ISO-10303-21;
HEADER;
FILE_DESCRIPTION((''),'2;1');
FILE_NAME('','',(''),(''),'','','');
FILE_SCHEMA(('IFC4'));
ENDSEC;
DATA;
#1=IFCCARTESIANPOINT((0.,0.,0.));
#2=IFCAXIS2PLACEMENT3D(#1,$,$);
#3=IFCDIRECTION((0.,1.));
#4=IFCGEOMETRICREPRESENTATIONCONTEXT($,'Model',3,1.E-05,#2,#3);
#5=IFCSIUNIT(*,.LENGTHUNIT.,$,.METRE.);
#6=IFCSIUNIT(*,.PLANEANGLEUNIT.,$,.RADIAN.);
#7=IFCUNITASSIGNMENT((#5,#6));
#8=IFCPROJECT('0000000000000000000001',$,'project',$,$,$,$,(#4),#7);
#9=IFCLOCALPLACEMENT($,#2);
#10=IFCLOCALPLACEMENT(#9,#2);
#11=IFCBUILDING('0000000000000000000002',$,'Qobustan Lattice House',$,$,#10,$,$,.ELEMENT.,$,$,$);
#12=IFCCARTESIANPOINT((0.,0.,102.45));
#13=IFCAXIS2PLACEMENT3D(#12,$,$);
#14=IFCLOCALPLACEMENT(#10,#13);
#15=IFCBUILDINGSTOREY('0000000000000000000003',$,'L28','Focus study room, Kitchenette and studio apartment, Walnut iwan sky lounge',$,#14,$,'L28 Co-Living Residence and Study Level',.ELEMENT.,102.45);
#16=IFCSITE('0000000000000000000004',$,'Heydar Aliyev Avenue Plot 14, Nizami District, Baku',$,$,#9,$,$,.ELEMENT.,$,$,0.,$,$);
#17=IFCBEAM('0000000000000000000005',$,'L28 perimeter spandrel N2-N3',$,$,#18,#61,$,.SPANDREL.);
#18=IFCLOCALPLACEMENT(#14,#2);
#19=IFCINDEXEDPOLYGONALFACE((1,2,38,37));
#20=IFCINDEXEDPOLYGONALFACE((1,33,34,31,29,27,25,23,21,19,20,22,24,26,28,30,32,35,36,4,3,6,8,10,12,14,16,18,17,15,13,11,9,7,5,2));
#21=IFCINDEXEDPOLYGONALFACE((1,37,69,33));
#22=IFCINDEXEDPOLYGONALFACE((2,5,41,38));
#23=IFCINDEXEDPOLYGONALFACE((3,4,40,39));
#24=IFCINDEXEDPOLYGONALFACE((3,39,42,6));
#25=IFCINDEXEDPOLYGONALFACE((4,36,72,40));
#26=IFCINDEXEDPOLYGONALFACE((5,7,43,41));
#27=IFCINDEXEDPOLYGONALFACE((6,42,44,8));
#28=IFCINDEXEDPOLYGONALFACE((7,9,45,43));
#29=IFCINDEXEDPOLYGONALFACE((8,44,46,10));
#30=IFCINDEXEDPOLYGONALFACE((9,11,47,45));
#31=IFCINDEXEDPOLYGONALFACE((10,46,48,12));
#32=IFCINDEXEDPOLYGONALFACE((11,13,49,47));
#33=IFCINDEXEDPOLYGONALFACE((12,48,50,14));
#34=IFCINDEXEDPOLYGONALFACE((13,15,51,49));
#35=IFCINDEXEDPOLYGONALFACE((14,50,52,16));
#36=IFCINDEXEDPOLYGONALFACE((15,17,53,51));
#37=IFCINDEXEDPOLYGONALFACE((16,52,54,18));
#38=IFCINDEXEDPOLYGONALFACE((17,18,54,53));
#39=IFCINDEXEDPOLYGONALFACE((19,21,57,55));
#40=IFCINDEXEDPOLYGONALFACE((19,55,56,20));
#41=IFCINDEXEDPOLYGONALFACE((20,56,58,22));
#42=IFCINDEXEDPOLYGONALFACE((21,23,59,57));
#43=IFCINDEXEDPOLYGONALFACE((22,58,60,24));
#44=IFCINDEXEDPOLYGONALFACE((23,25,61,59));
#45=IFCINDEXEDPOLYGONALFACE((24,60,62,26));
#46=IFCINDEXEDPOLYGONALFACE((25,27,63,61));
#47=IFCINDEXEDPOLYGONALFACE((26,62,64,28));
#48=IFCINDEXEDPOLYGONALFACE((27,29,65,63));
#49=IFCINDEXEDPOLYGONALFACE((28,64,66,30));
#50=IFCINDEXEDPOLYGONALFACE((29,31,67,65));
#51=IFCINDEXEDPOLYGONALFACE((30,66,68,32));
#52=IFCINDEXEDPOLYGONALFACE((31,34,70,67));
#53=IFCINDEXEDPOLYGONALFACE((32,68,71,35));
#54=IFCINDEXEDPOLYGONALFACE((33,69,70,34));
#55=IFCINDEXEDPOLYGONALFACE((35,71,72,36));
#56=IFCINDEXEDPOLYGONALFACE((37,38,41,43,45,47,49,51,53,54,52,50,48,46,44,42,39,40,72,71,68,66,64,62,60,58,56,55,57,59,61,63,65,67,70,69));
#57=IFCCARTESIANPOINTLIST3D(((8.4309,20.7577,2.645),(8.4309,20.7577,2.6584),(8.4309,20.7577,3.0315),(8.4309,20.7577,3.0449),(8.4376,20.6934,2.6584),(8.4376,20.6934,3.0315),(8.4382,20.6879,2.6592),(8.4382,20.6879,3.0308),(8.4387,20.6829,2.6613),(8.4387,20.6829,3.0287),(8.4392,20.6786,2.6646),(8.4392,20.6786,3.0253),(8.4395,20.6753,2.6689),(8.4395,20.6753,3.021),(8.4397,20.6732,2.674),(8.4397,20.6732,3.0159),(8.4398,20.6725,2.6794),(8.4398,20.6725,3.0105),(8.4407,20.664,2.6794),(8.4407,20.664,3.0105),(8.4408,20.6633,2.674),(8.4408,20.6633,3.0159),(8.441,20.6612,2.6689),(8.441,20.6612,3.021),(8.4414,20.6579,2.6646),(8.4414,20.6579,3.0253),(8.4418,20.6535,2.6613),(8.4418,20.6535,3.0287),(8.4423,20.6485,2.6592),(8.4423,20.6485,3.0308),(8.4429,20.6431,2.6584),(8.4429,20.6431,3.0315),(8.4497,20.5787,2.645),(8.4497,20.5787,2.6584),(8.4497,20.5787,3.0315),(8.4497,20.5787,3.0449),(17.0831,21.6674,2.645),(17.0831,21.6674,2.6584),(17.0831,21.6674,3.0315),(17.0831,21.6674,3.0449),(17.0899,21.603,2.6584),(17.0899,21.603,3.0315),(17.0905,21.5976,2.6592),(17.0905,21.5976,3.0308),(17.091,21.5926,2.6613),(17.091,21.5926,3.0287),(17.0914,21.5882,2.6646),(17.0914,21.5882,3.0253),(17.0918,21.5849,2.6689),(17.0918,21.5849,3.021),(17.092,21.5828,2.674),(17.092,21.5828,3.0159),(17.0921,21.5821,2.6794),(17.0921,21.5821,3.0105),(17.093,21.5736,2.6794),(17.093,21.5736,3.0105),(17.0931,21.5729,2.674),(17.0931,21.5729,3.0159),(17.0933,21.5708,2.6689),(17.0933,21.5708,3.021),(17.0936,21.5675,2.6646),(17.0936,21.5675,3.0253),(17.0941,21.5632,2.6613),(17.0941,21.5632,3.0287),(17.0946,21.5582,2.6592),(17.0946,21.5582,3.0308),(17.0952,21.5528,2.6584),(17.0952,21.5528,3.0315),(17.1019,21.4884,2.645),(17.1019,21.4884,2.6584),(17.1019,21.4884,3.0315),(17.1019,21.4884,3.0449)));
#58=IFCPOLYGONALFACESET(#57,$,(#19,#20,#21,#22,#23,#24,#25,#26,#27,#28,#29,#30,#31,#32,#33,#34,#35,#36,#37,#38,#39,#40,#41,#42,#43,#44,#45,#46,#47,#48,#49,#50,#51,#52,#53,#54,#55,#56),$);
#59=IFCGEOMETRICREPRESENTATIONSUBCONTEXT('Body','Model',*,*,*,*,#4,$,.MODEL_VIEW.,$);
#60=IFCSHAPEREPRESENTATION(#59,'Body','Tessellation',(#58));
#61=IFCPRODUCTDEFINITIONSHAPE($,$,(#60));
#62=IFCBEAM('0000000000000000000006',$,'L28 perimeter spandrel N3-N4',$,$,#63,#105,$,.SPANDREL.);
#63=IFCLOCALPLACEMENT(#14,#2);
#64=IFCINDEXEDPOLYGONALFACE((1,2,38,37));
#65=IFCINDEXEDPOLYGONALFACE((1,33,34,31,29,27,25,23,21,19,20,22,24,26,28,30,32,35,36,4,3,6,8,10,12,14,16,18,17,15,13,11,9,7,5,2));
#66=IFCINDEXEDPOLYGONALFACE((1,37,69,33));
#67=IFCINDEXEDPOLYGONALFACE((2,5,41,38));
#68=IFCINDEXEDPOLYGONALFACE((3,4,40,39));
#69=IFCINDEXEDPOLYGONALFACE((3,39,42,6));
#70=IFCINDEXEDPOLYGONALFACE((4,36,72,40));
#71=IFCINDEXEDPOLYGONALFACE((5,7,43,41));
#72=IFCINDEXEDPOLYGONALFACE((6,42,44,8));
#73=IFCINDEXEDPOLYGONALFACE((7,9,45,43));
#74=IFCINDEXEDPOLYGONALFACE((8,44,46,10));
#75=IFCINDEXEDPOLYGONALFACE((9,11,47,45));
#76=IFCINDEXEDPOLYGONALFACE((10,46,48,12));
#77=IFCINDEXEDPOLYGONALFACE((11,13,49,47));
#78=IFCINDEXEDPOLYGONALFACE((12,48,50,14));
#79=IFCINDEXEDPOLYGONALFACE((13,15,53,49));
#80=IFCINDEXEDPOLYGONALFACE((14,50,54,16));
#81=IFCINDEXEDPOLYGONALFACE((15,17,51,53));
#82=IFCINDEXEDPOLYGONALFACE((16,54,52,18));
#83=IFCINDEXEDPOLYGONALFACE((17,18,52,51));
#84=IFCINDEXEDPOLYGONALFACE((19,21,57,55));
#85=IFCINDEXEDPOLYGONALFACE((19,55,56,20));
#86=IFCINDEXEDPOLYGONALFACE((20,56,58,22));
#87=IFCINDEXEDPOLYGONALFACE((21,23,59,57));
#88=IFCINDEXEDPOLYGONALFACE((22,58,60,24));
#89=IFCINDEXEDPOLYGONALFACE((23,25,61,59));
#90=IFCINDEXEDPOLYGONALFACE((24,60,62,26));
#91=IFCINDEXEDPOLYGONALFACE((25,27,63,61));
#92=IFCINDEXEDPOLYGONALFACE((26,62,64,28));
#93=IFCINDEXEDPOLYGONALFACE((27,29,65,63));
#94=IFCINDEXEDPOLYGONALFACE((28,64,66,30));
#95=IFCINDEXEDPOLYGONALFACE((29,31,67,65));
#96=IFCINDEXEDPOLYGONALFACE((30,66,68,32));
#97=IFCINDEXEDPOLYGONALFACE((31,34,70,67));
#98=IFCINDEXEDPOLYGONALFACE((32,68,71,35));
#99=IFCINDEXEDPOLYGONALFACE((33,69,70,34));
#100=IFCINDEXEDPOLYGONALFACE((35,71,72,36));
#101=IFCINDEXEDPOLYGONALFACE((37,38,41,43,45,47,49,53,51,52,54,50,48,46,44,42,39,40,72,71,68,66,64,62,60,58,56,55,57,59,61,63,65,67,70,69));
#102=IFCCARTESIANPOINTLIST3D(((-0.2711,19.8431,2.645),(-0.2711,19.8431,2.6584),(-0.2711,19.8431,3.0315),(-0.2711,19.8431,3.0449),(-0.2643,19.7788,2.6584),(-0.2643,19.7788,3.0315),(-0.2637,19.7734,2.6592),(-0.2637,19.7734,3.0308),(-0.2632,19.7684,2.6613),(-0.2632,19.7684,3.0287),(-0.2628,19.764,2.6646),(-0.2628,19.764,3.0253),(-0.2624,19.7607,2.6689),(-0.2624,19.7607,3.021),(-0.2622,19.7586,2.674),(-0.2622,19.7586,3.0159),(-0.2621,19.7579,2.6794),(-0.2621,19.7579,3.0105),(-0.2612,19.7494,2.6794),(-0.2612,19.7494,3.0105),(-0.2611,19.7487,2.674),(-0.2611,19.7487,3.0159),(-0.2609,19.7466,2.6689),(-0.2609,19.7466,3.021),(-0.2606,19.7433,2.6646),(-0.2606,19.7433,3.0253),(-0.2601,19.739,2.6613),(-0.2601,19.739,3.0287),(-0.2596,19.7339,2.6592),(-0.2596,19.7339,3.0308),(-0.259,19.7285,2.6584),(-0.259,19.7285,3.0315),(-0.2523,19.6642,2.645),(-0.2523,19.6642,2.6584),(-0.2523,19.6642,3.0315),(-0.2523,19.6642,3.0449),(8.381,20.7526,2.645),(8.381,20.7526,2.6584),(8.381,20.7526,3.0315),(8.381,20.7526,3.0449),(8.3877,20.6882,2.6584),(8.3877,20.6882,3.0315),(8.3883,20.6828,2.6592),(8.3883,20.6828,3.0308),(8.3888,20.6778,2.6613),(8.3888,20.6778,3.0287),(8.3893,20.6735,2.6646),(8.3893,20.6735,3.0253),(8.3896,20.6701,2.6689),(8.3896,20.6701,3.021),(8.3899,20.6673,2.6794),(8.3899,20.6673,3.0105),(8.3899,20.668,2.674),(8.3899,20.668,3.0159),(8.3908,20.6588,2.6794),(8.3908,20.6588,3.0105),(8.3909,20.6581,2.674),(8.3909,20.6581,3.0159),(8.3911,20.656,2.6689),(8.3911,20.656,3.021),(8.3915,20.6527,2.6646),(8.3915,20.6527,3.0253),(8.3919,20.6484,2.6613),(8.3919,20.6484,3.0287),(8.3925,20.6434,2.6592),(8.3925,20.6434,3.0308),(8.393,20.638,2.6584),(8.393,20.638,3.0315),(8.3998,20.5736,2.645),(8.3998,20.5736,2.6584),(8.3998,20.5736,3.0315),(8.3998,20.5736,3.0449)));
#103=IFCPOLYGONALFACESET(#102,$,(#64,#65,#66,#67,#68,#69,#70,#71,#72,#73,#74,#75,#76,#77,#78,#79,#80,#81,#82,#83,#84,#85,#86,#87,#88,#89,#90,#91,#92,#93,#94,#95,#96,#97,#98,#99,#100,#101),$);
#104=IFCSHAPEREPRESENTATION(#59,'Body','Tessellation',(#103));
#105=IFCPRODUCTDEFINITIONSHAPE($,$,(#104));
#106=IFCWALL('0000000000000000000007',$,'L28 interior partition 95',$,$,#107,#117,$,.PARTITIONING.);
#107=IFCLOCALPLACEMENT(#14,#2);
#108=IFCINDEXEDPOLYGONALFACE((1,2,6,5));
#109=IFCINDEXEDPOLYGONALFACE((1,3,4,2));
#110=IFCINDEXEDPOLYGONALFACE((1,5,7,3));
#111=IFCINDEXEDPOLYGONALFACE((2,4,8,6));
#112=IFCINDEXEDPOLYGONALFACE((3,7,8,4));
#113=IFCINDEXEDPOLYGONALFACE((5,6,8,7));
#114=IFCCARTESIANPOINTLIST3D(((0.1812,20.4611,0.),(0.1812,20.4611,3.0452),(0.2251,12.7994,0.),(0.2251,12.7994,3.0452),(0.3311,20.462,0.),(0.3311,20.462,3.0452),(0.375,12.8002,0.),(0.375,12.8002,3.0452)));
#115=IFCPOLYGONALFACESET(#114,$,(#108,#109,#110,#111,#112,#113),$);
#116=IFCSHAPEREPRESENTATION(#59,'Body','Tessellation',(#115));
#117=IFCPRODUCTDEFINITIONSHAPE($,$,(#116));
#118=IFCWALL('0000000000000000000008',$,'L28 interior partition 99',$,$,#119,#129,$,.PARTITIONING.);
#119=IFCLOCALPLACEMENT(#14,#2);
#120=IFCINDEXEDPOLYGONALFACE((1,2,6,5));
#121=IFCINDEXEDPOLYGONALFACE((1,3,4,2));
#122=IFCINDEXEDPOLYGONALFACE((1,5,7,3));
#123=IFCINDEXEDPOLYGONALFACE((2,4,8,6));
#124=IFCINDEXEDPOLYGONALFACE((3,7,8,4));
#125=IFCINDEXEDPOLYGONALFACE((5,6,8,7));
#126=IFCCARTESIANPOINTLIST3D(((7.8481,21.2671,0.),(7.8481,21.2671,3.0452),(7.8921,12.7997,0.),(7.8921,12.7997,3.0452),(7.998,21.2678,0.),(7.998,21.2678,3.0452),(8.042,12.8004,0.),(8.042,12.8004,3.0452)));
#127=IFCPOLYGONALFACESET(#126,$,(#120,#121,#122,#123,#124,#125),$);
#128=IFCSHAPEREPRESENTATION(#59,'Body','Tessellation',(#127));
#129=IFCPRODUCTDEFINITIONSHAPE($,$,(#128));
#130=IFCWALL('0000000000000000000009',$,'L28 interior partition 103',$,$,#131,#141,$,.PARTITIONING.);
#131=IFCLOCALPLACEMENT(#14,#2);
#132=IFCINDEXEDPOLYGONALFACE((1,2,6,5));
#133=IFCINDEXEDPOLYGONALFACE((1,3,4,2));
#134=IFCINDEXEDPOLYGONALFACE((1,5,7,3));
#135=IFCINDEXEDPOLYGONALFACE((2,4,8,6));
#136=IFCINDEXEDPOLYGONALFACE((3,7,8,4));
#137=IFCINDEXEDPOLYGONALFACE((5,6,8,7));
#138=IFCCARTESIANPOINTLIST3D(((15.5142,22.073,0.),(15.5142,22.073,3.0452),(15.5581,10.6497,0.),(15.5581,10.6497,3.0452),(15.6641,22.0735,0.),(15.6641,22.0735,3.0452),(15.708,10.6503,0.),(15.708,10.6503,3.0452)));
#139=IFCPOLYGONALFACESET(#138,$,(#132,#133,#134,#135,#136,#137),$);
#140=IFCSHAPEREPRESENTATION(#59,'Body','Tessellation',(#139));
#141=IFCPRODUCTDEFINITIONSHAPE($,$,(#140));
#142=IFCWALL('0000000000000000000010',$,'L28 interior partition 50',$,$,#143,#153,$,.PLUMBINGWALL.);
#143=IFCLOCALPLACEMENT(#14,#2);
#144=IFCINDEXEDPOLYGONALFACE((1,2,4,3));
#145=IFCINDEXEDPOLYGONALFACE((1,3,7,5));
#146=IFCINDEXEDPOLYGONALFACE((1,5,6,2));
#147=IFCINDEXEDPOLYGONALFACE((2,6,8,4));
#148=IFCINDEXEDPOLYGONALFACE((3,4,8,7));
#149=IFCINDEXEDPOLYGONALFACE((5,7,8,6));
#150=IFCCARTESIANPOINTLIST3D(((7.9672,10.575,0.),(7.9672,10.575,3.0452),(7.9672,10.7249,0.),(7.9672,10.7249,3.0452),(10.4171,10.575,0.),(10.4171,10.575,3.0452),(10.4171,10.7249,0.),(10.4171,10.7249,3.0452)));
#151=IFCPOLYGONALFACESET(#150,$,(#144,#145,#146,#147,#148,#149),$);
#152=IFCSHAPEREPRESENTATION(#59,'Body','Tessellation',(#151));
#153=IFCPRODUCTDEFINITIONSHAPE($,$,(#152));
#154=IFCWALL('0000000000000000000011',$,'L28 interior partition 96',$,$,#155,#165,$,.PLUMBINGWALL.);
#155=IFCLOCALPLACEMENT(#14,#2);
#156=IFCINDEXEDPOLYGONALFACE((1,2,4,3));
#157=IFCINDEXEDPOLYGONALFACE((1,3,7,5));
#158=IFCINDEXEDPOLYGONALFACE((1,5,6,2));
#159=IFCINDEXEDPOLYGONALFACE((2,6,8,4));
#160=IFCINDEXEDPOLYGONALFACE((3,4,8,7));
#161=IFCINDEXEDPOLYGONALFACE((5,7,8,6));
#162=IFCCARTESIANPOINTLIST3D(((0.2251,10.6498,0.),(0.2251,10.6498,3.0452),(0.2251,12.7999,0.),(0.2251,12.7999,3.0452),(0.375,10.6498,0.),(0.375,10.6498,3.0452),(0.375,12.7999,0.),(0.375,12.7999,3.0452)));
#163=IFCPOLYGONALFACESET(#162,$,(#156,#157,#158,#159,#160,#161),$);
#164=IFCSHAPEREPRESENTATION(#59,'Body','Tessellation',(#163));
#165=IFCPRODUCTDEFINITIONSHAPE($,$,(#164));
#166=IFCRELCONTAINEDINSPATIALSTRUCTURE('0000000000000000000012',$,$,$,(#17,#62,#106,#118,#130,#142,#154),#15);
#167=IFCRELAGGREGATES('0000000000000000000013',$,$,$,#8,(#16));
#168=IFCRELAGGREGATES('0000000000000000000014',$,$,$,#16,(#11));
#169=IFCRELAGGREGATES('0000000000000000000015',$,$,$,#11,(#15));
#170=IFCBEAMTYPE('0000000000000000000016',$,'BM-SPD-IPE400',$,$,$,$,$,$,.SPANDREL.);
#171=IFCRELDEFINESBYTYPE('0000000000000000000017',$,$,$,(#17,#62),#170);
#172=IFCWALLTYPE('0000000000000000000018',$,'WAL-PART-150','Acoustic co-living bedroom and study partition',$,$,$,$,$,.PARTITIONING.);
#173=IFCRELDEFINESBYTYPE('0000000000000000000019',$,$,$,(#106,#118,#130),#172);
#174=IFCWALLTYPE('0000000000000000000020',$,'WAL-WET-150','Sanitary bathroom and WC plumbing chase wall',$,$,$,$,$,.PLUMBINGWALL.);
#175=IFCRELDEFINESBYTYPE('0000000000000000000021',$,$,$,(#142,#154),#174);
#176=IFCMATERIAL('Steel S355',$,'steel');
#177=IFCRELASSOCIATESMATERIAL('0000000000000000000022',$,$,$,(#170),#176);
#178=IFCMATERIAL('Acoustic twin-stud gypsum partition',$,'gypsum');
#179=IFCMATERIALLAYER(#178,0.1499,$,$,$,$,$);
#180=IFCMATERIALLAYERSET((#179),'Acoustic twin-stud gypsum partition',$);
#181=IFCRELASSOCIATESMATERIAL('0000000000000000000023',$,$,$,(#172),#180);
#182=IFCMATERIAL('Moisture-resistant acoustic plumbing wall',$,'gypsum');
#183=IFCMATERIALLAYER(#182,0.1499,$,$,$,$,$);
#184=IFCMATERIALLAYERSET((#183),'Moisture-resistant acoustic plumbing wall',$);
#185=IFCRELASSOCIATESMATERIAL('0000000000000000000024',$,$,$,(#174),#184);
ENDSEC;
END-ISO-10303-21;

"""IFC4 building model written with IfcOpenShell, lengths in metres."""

from ifc_helpers import new_model, si_unit, direction, frame, frame_2d, origin, origin_2d, place, context, subcontext, project, spatial, rectangle, i_section, extrude, material, layer, layer_set, material_profile, profile_set, type_object, element, save


model = new_model("IFC4")

# Units and contexts
model_context = context("Model", 3, precision=1e-05, world=origin(), true_north=direction((0.0, 1.0)))
body_context = subcontext(model_context, "Body", "Model", "MODEL_VIEW")
ifc_project = project(units=[si_unit("LENGTHUNIT", "METRE"), si_unit("PLANEANGLEUNIT", "RADIAN")], contexts=[model_context])

# Site, building, storey
site_placement = place(None, origin())
site = spatial("IfcSite", under=ifc_project, at=site_placement, Name="Heydar Aliyev Avenue Plot 14, Nizami District, Baku", CompositionType="ELEMENT", RefElevation=0.0)
building_placement = place(site_placement, origin())
building = spatial("IfcBuilding", under=site, at=building_placement, Name="Qobustan Lattice House", CompositionType="ELEMENT")
storey_placement = place(building_placement, frame((0.0, 0.0, 102.45)))
storey = spatial("IfcBuildingStorey", under=building, at=storey_placement, Name="L28", Description="Focus study room, Kitchenette and studio apartment, Walnut iwan sky lounge", LongName="L28 Co-Living Residence and Study Level", CompositionType="ELEMENT", Elevation=102.45)

# Beams
ifc_material_1 = material(Name="Steel S355", Category="steel")
ifc_material_profile_1 = material_profile(ifc_material_1, i_section(OverallWidth=0.1799, OverallDepth=0.3999, WebThickness=0.0085, FlangeThickness=0.0134, FilletRadius=0.021, at=origin_2d()), Name="IPE400")
ifc_profile_set_1 = profile_set([ifc_material_profile_1], Name="Steel S355")
beam_type_1 = type_object("IfcBeamType", Name="BM-SPD-IPE400", PredefinedType="SPANDREL", material=ifc_profile_set_1)
beam_1_placement = place(storey_placement, frame((17.0925, 21.5779, 2.845), z_axis=(-0.994519, -0.104559, 0.0), x_axis=(0.104559, -0.994519, 0.0)))
element("IfcBeam", 1, at=beam_1_placement, inside=storey, type_object=beam_type_1, Name="L28 perimeter spandrel N2-N3", PredefinedType="SPANDREL", context=body_context, shape_type="SweptSolid", body=[
    extrude(i_section(OverallWidth=0.1799, OverallDepth=0.3999, WebThickness=0.0085, FlangeThickness=0.0134, FilletRadius=0.021, at=origin_2d()), origin(), (0.0, 0.0, 1.0), 8.7),
])
beam_2_placement = place(storey_placement, frame((8.3904, 20.6631, 2.845), z_axis=(-0.994521, -0.104534, 0.0), x_axis=(0.104534, -0.994521, 0.0)))
element("IfcBeam", 2, at=beam_2_placement, inside=storey, type_object=beam_type_1, Name="L28 perimeter spandrel N3-N4", PredefinedType="SPANDREL", context=body_context, shape_type="SweptSolid", body=[
    extrude(i_section(OverallWidth=0.1799, OverallDepth=0.3999, WebThickness=0.0085, FlangeThickness=0.0134, FilletRadius=0.021, at=origin_2d()), origin(), (0.0, 0.0, 1.0), 8.6997),
])

# Shared definitions
ifc_material_2 = material(Name="Acoustic twin-stud gypsum partition", Category="gypsum")
ifc_layer_1 = layer(ifc_material_2, 0.1499)
ifc_layer_set_1 = layer_set([ifc_layer_1], Name="Acoustic twin-stud gypsum partition")
wall_type_1 = type_object("IfcWallType", Name="WAL-PART-150", Description="Acoustic co-living bedroom and study partition", PredefinedType="PARTITIONING", material=ifc_layer_set_1)

# Walls
wall_1_placement = place(storey_placement, frame((0.2561, 20.4617, 0.0), z_axis=(0.0, 0.0, 1.0), x_axis=(0.005736, -0.999984, 0.0)))
element("IfcWall", 3, at=wall_1_placement, inside=storey, type_object=wall_type_1, Name="L28 interior partition 95", PredefinedType="PARTITIONING", context=body_context, shape_type="SweptSolid", body=[
    extrude(rectangle(XDim=7.6619, YDim=0.1499, at=frame_2d((3.8311, 0.0))), origin(), (0.0, 0.0, 1.0), 3.0452),
])
wall_2_placement = place(storey_placement, frame((7.9231, 21.2676, 0.0), z_axis=(0.0, 0.0, 1.0), x_axis=(0.00519, -0.999987, 0.0)))
element("IfcWall", 4, at=wall_2_placement, inside=storey, type_object=wall_type_1, Name="L28 interior partition 99", PredefinedType="PARTITIONING", context=body_context, shape_type="SweptSolid", body=[
    extrude(rectangle(XDim=8.4675, YDim=0.1499, at=frame_2d((4.2339, 0.0))), origin(), (0.0, 0.0, 1.0), 3.0452),
])
wall_3_placement = place(storey_placement, frame((15.5891, 22.0732, 0.0), z_axis=(0.0, 0.0, 1.0), x_axis=(0.003847, -0.999993, 0.0)))
element("IfcWall", 5, at=wall_3_placement, inside=storey, type_object=wall_type_1, Name="L28 interior partition 103", PredefinedType="PARTITIONING", context=body_context, shape_type="SweptSolid", body=[
    extrude(rectangle(XDim=11.4233, YDim=0.1499, at=frame_2d((5.7117, 0.0))), origin(), (0.0, 0.0, 1.0), 3.0452),
])
ifc_material_3 = material(Name="Moisture-resistant acoustic plumbing wall", Category="gypsum")
ifc_layer_2 = layer(ifc_material_3, 0.1499)
ifc_layer_set_2 = layer_set([ifc_layer_2], Name="Moisture-resistant acoustic plumbing wall")
wall_type_2 = type_object("IfcWallType", Name="WAL-WET-150", Description="Sanitary bathroom and WC plumbing chase wall", PredefinedType="PLUMBINGWALL", material=ifc_layer_set_2)
wall_4_placement = place(storey_placement, frame((7.967, 10.6499, 0.0), z_axis=(0.0, 0.0, 1.0), x_axis=(1.0, 0.0, 0.0)))
element("IfcWall", 6, at=wall_4_placement, inside=storey, type_object=wall_type_2, Name="L28 interior partition 50", PredefinedType="PLUMBINGWALL", context=body_context, shape_type="SweptSolid", body=[
    extrude(rectangle(XDim=2.45, YDim=0.1499, at=frame_2d((1.2251, 0.0))), origin(), (0.0, 0.0, 1.0), 3.0452),
])
wall_5_placement = place(storey_placement, frame((0.3, 12.8, 0.0), z_axis=(0.0, 0.0, 1.0), x_axis=(0.0, -1.0, 0.0)))
element("IfcWall", 7, at=wall_5_placement, inside=storey, type_object=wall_type_2, Name="L28 interior partition 96", PredefinedType="PLUMBINGWALL", context=body_context, shape_type="SweptSolid", body=[
    extrude(rectangle(XDim=2.1501, YDim=0.1499, at=frame_2d((1.0752, 0.0))), origin(), (0.0, 0.0, 1.0), 3.0452),
])

save(model, "model.ifc")
